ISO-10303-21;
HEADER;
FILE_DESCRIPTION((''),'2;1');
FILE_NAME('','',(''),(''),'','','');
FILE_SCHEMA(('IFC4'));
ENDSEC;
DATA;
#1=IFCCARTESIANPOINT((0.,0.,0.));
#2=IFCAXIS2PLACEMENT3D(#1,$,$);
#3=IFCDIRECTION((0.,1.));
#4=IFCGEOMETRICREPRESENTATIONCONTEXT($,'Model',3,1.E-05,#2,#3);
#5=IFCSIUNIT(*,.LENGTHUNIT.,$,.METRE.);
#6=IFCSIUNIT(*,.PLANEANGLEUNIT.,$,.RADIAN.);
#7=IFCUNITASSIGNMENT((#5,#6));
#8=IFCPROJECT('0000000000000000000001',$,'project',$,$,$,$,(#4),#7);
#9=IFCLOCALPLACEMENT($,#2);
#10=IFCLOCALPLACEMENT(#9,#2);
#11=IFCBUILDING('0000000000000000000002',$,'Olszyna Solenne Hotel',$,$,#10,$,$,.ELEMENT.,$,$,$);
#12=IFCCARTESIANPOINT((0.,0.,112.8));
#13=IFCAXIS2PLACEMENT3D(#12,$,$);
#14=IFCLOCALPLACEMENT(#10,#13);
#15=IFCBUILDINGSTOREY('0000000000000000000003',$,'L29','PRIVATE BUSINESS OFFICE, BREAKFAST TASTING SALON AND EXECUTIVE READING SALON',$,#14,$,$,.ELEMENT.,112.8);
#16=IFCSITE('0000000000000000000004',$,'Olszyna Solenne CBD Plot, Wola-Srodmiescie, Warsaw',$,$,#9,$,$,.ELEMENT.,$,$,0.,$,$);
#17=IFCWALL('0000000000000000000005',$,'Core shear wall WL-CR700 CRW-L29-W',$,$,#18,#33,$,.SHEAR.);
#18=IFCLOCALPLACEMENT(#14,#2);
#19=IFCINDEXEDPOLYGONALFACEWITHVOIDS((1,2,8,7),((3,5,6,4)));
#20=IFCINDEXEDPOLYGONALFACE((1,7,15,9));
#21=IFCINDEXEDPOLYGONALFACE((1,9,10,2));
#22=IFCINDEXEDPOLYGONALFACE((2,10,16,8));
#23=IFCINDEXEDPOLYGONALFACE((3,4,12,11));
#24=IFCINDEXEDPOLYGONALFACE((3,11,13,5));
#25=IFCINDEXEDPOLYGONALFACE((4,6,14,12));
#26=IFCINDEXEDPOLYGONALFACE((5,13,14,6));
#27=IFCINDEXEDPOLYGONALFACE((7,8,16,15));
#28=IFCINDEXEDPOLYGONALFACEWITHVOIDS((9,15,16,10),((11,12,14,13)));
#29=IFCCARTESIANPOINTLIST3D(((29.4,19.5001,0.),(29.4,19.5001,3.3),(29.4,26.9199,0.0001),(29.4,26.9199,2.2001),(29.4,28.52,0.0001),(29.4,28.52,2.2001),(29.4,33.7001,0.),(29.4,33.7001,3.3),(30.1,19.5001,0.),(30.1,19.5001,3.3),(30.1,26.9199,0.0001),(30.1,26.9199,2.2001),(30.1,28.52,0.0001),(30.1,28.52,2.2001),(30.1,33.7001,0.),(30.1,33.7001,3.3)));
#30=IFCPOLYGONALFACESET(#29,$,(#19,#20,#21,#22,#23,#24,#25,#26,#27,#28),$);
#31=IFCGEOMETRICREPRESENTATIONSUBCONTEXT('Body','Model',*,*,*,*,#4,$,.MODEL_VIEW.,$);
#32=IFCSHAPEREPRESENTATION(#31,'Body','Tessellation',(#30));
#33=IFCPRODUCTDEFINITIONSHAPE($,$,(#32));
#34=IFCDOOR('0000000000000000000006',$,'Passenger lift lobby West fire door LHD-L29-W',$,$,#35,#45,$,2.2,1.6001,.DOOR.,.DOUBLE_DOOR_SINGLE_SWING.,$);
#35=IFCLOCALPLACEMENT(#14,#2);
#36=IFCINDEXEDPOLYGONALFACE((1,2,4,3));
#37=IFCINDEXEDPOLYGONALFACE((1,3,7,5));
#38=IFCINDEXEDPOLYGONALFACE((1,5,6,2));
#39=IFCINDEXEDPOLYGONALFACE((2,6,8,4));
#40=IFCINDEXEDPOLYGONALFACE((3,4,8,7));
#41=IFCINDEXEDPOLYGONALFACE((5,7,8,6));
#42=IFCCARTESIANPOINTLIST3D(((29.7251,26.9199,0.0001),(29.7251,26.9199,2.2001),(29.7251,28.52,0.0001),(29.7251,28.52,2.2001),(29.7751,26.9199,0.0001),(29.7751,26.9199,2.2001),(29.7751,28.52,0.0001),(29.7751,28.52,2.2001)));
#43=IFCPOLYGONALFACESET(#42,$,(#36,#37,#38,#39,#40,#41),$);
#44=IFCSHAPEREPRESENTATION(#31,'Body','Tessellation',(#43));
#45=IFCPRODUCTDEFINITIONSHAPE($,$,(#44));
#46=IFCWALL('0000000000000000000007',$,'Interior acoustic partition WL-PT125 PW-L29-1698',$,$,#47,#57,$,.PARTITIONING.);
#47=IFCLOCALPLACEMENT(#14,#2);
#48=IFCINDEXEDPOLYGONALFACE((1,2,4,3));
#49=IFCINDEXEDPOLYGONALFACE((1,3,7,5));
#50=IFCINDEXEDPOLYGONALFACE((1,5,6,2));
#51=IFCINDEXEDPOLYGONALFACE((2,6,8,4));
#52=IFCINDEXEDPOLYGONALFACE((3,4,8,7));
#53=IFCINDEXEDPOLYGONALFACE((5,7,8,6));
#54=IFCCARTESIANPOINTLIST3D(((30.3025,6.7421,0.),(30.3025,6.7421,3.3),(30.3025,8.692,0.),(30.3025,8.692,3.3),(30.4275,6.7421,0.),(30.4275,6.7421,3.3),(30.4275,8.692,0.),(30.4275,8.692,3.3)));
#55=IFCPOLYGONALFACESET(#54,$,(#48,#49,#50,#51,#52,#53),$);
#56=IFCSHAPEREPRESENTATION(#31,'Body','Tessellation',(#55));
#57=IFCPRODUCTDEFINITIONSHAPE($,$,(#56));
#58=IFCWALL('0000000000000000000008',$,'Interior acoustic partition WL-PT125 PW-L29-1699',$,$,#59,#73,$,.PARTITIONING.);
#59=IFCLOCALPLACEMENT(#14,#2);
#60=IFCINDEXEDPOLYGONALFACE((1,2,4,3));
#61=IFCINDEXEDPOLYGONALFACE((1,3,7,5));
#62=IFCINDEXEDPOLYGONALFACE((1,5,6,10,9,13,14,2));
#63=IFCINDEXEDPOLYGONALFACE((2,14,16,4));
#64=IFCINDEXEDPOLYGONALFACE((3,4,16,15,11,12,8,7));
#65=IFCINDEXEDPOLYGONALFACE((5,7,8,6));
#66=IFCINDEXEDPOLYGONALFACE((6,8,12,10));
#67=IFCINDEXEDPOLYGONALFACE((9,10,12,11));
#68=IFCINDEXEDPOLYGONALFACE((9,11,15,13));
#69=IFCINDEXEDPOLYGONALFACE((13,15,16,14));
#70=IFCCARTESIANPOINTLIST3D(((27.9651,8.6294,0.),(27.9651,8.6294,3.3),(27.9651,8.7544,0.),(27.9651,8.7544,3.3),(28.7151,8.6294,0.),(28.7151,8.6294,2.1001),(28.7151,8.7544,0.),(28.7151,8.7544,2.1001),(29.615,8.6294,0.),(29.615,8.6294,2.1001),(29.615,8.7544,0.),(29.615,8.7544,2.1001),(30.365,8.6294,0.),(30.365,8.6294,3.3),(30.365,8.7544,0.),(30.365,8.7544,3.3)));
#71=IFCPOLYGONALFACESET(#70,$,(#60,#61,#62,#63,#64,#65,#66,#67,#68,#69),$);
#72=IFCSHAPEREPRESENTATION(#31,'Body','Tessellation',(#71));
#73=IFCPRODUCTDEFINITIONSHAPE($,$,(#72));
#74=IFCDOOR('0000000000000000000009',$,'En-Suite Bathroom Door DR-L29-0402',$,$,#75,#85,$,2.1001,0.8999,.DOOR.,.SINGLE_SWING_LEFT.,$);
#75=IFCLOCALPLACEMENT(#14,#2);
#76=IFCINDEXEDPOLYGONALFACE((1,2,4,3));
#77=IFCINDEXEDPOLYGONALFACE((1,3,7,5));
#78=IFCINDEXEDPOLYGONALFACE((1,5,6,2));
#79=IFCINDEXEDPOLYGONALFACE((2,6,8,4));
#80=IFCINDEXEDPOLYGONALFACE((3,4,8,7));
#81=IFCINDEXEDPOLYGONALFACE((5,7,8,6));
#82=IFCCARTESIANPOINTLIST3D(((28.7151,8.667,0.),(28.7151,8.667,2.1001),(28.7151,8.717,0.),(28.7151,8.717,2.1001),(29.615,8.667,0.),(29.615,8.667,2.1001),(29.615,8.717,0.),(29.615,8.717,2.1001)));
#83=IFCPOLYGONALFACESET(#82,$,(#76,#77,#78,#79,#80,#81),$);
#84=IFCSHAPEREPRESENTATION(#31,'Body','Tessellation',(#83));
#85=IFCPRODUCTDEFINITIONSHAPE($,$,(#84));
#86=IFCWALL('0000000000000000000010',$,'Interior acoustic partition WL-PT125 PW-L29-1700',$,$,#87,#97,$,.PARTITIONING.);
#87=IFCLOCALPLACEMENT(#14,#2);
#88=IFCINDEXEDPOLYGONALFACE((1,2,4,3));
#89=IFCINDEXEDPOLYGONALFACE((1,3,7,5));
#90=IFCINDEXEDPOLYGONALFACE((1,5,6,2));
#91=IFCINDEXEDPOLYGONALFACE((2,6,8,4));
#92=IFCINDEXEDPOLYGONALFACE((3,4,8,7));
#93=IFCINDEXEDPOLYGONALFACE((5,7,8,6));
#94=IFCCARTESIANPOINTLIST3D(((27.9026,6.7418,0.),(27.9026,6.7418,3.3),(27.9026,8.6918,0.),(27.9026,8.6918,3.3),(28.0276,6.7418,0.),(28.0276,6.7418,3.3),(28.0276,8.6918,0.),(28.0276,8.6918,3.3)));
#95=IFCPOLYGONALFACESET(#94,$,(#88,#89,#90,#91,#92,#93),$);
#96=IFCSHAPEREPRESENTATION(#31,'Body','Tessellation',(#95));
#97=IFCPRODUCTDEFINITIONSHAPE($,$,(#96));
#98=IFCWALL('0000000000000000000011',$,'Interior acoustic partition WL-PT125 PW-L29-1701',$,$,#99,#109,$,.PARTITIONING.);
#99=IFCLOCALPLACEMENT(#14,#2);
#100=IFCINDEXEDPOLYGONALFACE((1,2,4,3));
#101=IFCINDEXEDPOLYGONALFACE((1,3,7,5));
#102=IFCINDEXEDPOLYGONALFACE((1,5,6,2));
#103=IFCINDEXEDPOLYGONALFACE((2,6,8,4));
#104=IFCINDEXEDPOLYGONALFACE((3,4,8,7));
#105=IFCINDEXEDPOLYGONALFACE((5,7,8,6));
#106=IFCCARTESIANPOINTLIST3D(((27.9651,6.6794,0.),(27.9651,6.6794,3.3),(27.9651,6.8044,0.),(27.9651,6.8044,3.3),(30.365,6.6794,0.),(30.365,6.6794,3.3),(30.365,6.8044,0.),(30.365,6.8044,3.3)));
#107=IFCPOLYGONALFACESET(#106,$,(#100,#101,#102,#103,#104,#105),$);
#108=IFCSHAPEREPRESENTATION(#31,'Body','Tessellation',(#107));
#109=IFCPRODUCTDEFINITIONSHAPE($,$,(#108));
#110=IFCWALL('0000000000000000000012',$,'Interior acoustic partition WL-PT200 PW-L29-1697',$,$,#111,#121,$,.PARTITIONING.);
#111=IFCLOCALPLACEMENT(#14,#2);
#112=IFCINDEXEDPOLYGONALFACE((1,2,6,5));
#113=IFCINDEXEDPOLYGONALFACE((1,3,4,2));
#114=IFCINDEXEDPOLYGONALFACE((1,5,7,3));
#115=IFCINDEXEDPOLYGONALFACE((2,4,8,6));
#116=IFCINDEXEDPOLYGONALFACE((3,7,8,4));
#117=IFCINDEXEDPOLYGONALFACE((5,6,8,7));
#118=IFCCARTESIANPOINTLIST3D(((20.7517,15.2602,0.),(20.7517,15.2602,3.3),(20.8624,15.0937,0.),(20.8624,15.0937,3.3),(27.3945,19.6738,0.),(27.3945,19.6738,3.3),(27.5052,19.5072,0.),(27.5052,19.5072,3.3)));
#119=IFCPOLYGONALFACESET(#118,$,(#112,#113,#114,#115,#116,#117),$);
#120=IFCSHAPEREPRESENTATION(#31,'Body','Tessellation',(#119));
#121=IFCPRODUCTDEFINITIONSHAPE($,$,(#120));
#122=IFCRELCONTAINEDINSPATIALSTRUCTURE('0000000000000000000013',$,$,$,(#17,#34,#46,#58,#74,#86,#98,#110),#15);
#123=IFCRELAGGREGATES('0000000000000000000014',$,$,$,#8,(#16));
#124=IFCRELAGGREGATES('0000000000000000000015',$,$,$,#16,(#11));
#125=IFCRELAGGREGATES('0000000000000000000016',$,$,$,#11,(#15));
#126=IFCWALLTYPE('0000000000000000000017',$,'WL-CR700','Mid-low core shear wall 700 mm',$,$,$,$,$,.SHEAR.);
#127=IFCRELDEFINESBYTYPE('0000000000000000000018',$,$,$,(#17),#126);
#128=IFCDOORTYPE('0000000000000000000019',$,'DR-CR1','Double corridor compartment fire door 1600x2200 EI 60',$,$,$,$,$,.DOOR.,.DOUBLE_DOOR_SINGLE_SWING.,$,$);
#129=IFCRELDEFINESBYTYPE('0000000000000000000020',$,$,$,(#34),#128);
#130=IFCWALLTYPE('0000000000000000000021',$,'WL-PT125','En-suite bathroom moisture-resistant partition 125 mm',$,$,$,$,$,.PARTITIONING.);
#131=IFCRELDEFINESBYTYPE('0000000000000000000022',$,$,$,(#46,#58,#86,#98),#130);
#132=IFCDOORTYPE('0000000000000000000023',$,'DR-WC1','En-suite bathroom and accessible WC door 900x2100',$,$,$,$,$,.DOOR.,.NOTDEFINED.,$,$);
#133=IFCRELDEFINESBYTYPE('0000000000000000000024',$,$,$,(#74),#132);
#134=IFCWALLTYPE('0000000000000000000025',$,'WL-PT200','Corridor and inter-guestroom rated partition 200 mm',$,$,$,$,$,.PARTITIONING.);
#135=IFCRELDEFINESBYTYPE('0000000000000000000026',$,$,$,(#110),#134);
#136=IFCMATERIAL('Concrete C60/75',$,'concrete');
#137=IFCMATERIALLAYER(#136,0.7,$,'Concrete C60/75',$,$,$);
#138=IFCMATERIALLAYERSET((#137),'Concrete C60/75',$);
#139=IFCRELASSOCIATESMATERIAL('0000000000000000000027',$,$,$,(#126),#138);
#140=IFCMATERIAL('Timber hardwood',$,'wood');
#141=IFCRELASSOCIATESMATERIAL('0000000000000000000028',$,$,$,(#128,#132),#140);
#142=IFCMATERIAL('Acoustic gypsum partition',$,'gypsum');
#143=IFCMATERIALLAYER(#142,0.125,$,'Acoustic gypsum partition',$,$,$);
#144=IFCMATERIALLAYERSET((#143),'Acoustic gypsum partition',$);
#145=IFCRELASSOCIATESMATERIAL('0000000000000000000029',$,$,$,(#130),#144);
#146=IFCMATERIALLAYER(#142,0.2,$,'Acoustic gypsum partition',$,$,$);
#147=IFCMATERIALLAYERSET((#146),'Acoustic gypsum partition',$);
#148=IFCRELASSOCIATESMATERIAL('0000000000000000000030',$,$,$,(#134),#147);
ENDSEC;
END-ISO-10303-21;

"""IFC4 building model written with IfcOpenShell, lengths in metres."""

from ifc_helpers import new_model, si_unit, direction, frame, frame_2d, origin, place, context, subcontext, project, spatial, rectangle, extrude, source, transform, mapped, material, layer, layer_set, type_object, type_shapes, element, fill, save


model = new_model("IFC4")

# Units and contexts
model_context = context("Model", 3, precision=1e-05, world=origin(), true_north=direction((0.0, 1.0)))
body_context = subcontext(model_context, "Body", "Model", "MODEL_VIEW")
ifc_project = project(units=[si_unit("LENGTHUNIT", "METRE"), si_unit("PLANEANGLEUNIT", "RADIAN")], contexts=[model_context])

# Site, building, storey
site_placement = place(None, origin())
site = spatial("IfcSite", under=ifc_project, at=site_placement, Name="Olszyna Solenne CBD Plot, Wola-Srodmiescie, Warsaw", CompositionType="ELEMENT", RefElevation=0.0)
building_placement = place(site_placement, origin())
building = spatial("IfcBuilding", under=site, at=building_placement, Name="Olszyna Solenne Hotel", CompositionType="ELEMENT")
storey_placement = place(building_placement, frame((0.0, 0.0, 112.8)))
storey = spatial("IfcBuildingStorey", under=building, at=storey_placement, Name="L29", Description="PRIVATE BUSINESS OFFICE, BREAKFAST TASTING SALON AND EXECUTIVE READING SALON", CompositionType="ELEMENT", Elevation=112.8)

# Wall, opening, door
ifc_material_1 = material(Name="Concrete C60/75", Category="concrete")
ifc_layer_1 = layer(ifc_material_1, 0.7, Name="Concrete C60/75")
ifc_layer_set_1 = layer_set([ifc_layer_1], Name="Concrete C60/75")
wall_type_1 = type_object("IfcWallType", Name="WL-CR700", Description="Mid-low core shear wall 700 mm", PredefinedType="SHEAR", material=ifc_layer_set_1)
wall_1_placement = place(storey_placement, frame((29.75, 19.5, 0.0), z_axis=(0.0, 0.0, 1.0), x_axis=(0.0, 1.0, 0.0)))
wall_1 = element("IfcWall", 1, at=wall_1_placement, inside=storey, type_object=wall_type_1, Name="Core shear wall WL-CR700 CRW-L29-W", PredefinedType="SHEAR", context=body_context, shape_type="SweptSolid", body=[
    extrude(rectangle(XDim=14.2, YDim=0.7, at=frame_2d((7.1001, 0.0))), origin(), (0.0, 0.0, 1.0), 3.3),
])
opening_1_placement = place(wall_1_placement, frame((7.4199, 0.0, 0.0)))
opening_1 = element("IfcOpeningElement", 2, at=opening_1_placement, cuts=wall_1, PredefinedType="OPENING", context=body_context, shape_type="SweptSolid", body=[
    extrude(rectangle(XDim=1.6001, YDim=2.2, at=frame_2d((0.8, 1.1001))), frame((0.0, 0.3599, 0.0), z_axis=(0.0, -1.0, 0.0), x_axis=(1.0, 0.0, 0.0)), (0.0, 0.0, 1.0), 0.72),
])
ifc_material_2 = material(Name="Timber hardwood", Category="wood")
door_type_1 = type_object("IfcDoorType", Name="DR-CR1", Description="Double corridor compartment fire door 1600x2200 EI 60", OperationType="DOUBLE_DOOR_SINGLE_SWING", PredefinedType="DOOR", material=ifc_material_2)
shared_shape_1 = source(origin(), body_context, "Body", "SweptSolid", [
    extrude(rectangle(XDim=1.6001, YDim=2.2, at=frame_2d((0.8, 1.1001))), frame((0.0, 0.0249, 0.0), z_axis=(0.0, -1.0, 0.0), x_axis=(1.0, 0.0, 0.0)), (0.0, 0.0, 1.0), 0.05),
])
type_shapes(door_type_1, [shared_shape_1])
door_1_placement = place(opening_1_placement, origin())
door_1 = element("IfcDoor", 3, at=door_1_placement, inside=storey, type_object=door_type_1, Name="Passenger lift lobby West fire door LHD-L29-W", OperationType="DOUBLE_DOOR_SINGLE_SWING", OverallHeight=2.2, OverallWidth=1.6001, PredefinedType="DOOR", context=body_context, shape_type="MappedRepresentation", body=[
    mapped(shared_shape_1, transform((0.0, 0.0, 0.0), x_axis=(1.0, 0.0, 0.0), y_axis=(0.0, 1.0, 0.0), z_axis=(0.0, 0.0, 1.0), scale=1.0)),
])
fill(opening_1, door_1)

# Wall
ifc_material_3 = material(Name="Acoustic gypsum partition", Category="gypsum")
ifc_layer_2 = layer(ifc_material_3, 0.125, Name="Acoustic gypsum partition")
ifc_layer_set_2 = layer_set([ifc_layer_2], Name="Acoustic gypsum partition")
wall_type_2 = type_object("IfcWallType", Name="WL-PT125", Description="En-suite bathroom moisture-resistant partition 125 mm", PredefinedType="PARTITIONING", material=ifc_layer_set_2)
wall_2_placement = place(storey_placement, frame((30.365, 6.7419, 0.0), z_axis=(0.0, 0.0, 1.0), x_axis=(0.0, 1.0, 0.0)))
element("IfcWall", 4, at=wall_2_placement, inside=storey, type_object=wall_type_2, Name="Interior acoustic partition WL-PT125 PW-L29-1698", PredefinedType="PARTITIONING", context=body_context, shape_type="SweptSolid", body=[
    extrude(rectangle(XDim=1.95, YDim=0.125, at=frame_2d((0.9751, 0.0))), origin(), (0.0, 0.0, 1.0), 3.3),
])

# Wall, opening, door
wall_3_placement = place(storey_placement, frame((30.365, 8.6919, 0.0), z_axis=(0.0, 0.0, 1.0), x_axis=(-1.0, 0.0, 0.0)))
wall_3 = element("IfcWall", 5, at=wall_3_placement, inside=storey, type_object=wall_type_2, Name="Interior acoustic partition WL-PT125 PW-L29-1699", PredefinedType="PARTITIONING", context=body_context, shape_type="SweptSolid", body=[
    extrude(rectangle(XDim=2.3999, YDim=0.125, at=frame_2d((1.2, 0.0))), origin(), (0.0, 0.0, 1.0), 3.3),
])
opening_2_placement = place(wall_3_placement, frame((0.75, 0.0, 0.0)))
opening_2 = element("IfcOpeningElement", 6, at=opening_2_placement, cuts=wall_3, PredefinedType="OPENING", context=body_context, shape_type="SweptSolid", body=[
    extrude(rectangle(XDim=0.8999, YDim=2.1001, at=frame_2d((0.45, 1.05))), frame((0.0, 0.0725, 0.0), z_axis=(0.0, -1.0, 0.0), x_axis=(1.0, 0.0, 0.0)), (0.0, 0.0, 1.0), 0.145),
])
door_type_2 = type_object("IfcDoorType", Name="DR-WC1", Description="En-suite bathroom and accessible WC door 900x2100", OperationType="NOTDEFINED", PredefinedType="DOOR", material=ifc_material_2)
shared_shape_2 = source(origin(), body_context, "Body", "SweptSolid", [
    extrude(rectangle(XDim=0.8999, YDim=2.1001, at=frame_2d((0.45, 1.05))), frame((0.0, 0.0249, 0.0), z_axis=(0.0, -1.0, 0.0), x_axis=(1.0, 0.0, 0.0)), (0.0, 0.0, 1.0), 0.05),
])
type_shapes(door_type_2, [shared_shape_2])
door_2_placement = place(opening_2_placement, origin())
door_2 = element("IfcDoor", 7, at=door_2_placement, inside=storey, type_object=door_type_2, Name="En-Suite Bathroom Door DR-L29-0402", OperationType="SINGLE_SWING_LEFT", OverallHeight=2.1001, OverallWidth=0.8999, PredefinedType="DOOR", context=body_context, shape_type="MappedRepresentation", body=[
    mapped(shared_shape_2, transform((0.0, 0.0, 0.0), x_axis=(1.0, 0.0, 0.0), y_axis=(0.0, 1.0, 0.0), z_axis=(0.0, 0.0, 1.0), scale=1.0)),
])
fill(opening_2, door_2)

# Walls
wall_4_placement = place(storey_placement, frame((27.9651, 8.6919, 0.0), z_axis=(0.0, 0.0, 1.0), x_axis=(0.0, -1.0, 0.0)))
element("IfcWall", 8, at=wall_4_placement, inside=storey, type_object=wall_type_2, Name="Interior acoustic partition WL-PT125 PW-L29-1700", PredefinedType="PARTITIONING", context=body_context, shape_type="SweptSolid", body=[
    extrude(rectangle(XDim=1.95, YDim=0.125, at=frame_2d((0.9751, 0.0))), origin(), (0.0, 0.0, 1.0), 3.3),
])
wall_5_placement = place(storey_placement, frame((27.9651, 6.7419, 0.0), z_axis=(0.0, 0.0, 1.0), x_axis=(1.0, 0.0, 0.0)))
element("IfcWall", 9, at=wall_5_placement, inside=storey, type_object=wall_type_2, Name="Interior acoustic partition WL-PT125 PW-L29-1701", PredefinedType="PARTITIONING", context=body_context, shape_type="SweptSolid", body=[
    extrude(rectangle(XDim=2.3999, YDim=0.125, at=frame_2d((1.2, 0.0))), origin(), (0.0, 0.0, 1.0), 3.3),
])
ifc_layer_3 = layer(ifc_material_3, 0.2, Name="Acoustic gypsum partition")
ifc_layer_set_3 = layer_set([ifc_layer_3], Name="Acoustic gypsum partition")
wall_type_3 = type_object("IfcWallType", Name="WL-PT200", Description="Corridor and inter-guestroom rated partition 200 mm", PredefinedType="PARTITIONING", material=ifc_layer_set_3)
wall_6_placement = place(storey_placement, frame((27.45, 19.5906, 0.0), z_axis=(0.0, 0.0, 1.0), x_axis=(-0.832916, -0.5534, 0.0)))
element("IfcWall", 10, at=wall_6_placement, inside=storey, type_object=wall_type_3, Name="Interior acoustic partition WL-PT200 PW-L29-1697", PredefinedType="PARTITIONING", context=body_context, shape_type="SweptSolid", body=[
    extrude(rectangle(XDim=7.9753, YDim=0.2, at=frame_2d((3.9878, 0.0))), origin(), (0.0, 0.0, 1.0), 3.3),
])

save(model, "model.ifc")
